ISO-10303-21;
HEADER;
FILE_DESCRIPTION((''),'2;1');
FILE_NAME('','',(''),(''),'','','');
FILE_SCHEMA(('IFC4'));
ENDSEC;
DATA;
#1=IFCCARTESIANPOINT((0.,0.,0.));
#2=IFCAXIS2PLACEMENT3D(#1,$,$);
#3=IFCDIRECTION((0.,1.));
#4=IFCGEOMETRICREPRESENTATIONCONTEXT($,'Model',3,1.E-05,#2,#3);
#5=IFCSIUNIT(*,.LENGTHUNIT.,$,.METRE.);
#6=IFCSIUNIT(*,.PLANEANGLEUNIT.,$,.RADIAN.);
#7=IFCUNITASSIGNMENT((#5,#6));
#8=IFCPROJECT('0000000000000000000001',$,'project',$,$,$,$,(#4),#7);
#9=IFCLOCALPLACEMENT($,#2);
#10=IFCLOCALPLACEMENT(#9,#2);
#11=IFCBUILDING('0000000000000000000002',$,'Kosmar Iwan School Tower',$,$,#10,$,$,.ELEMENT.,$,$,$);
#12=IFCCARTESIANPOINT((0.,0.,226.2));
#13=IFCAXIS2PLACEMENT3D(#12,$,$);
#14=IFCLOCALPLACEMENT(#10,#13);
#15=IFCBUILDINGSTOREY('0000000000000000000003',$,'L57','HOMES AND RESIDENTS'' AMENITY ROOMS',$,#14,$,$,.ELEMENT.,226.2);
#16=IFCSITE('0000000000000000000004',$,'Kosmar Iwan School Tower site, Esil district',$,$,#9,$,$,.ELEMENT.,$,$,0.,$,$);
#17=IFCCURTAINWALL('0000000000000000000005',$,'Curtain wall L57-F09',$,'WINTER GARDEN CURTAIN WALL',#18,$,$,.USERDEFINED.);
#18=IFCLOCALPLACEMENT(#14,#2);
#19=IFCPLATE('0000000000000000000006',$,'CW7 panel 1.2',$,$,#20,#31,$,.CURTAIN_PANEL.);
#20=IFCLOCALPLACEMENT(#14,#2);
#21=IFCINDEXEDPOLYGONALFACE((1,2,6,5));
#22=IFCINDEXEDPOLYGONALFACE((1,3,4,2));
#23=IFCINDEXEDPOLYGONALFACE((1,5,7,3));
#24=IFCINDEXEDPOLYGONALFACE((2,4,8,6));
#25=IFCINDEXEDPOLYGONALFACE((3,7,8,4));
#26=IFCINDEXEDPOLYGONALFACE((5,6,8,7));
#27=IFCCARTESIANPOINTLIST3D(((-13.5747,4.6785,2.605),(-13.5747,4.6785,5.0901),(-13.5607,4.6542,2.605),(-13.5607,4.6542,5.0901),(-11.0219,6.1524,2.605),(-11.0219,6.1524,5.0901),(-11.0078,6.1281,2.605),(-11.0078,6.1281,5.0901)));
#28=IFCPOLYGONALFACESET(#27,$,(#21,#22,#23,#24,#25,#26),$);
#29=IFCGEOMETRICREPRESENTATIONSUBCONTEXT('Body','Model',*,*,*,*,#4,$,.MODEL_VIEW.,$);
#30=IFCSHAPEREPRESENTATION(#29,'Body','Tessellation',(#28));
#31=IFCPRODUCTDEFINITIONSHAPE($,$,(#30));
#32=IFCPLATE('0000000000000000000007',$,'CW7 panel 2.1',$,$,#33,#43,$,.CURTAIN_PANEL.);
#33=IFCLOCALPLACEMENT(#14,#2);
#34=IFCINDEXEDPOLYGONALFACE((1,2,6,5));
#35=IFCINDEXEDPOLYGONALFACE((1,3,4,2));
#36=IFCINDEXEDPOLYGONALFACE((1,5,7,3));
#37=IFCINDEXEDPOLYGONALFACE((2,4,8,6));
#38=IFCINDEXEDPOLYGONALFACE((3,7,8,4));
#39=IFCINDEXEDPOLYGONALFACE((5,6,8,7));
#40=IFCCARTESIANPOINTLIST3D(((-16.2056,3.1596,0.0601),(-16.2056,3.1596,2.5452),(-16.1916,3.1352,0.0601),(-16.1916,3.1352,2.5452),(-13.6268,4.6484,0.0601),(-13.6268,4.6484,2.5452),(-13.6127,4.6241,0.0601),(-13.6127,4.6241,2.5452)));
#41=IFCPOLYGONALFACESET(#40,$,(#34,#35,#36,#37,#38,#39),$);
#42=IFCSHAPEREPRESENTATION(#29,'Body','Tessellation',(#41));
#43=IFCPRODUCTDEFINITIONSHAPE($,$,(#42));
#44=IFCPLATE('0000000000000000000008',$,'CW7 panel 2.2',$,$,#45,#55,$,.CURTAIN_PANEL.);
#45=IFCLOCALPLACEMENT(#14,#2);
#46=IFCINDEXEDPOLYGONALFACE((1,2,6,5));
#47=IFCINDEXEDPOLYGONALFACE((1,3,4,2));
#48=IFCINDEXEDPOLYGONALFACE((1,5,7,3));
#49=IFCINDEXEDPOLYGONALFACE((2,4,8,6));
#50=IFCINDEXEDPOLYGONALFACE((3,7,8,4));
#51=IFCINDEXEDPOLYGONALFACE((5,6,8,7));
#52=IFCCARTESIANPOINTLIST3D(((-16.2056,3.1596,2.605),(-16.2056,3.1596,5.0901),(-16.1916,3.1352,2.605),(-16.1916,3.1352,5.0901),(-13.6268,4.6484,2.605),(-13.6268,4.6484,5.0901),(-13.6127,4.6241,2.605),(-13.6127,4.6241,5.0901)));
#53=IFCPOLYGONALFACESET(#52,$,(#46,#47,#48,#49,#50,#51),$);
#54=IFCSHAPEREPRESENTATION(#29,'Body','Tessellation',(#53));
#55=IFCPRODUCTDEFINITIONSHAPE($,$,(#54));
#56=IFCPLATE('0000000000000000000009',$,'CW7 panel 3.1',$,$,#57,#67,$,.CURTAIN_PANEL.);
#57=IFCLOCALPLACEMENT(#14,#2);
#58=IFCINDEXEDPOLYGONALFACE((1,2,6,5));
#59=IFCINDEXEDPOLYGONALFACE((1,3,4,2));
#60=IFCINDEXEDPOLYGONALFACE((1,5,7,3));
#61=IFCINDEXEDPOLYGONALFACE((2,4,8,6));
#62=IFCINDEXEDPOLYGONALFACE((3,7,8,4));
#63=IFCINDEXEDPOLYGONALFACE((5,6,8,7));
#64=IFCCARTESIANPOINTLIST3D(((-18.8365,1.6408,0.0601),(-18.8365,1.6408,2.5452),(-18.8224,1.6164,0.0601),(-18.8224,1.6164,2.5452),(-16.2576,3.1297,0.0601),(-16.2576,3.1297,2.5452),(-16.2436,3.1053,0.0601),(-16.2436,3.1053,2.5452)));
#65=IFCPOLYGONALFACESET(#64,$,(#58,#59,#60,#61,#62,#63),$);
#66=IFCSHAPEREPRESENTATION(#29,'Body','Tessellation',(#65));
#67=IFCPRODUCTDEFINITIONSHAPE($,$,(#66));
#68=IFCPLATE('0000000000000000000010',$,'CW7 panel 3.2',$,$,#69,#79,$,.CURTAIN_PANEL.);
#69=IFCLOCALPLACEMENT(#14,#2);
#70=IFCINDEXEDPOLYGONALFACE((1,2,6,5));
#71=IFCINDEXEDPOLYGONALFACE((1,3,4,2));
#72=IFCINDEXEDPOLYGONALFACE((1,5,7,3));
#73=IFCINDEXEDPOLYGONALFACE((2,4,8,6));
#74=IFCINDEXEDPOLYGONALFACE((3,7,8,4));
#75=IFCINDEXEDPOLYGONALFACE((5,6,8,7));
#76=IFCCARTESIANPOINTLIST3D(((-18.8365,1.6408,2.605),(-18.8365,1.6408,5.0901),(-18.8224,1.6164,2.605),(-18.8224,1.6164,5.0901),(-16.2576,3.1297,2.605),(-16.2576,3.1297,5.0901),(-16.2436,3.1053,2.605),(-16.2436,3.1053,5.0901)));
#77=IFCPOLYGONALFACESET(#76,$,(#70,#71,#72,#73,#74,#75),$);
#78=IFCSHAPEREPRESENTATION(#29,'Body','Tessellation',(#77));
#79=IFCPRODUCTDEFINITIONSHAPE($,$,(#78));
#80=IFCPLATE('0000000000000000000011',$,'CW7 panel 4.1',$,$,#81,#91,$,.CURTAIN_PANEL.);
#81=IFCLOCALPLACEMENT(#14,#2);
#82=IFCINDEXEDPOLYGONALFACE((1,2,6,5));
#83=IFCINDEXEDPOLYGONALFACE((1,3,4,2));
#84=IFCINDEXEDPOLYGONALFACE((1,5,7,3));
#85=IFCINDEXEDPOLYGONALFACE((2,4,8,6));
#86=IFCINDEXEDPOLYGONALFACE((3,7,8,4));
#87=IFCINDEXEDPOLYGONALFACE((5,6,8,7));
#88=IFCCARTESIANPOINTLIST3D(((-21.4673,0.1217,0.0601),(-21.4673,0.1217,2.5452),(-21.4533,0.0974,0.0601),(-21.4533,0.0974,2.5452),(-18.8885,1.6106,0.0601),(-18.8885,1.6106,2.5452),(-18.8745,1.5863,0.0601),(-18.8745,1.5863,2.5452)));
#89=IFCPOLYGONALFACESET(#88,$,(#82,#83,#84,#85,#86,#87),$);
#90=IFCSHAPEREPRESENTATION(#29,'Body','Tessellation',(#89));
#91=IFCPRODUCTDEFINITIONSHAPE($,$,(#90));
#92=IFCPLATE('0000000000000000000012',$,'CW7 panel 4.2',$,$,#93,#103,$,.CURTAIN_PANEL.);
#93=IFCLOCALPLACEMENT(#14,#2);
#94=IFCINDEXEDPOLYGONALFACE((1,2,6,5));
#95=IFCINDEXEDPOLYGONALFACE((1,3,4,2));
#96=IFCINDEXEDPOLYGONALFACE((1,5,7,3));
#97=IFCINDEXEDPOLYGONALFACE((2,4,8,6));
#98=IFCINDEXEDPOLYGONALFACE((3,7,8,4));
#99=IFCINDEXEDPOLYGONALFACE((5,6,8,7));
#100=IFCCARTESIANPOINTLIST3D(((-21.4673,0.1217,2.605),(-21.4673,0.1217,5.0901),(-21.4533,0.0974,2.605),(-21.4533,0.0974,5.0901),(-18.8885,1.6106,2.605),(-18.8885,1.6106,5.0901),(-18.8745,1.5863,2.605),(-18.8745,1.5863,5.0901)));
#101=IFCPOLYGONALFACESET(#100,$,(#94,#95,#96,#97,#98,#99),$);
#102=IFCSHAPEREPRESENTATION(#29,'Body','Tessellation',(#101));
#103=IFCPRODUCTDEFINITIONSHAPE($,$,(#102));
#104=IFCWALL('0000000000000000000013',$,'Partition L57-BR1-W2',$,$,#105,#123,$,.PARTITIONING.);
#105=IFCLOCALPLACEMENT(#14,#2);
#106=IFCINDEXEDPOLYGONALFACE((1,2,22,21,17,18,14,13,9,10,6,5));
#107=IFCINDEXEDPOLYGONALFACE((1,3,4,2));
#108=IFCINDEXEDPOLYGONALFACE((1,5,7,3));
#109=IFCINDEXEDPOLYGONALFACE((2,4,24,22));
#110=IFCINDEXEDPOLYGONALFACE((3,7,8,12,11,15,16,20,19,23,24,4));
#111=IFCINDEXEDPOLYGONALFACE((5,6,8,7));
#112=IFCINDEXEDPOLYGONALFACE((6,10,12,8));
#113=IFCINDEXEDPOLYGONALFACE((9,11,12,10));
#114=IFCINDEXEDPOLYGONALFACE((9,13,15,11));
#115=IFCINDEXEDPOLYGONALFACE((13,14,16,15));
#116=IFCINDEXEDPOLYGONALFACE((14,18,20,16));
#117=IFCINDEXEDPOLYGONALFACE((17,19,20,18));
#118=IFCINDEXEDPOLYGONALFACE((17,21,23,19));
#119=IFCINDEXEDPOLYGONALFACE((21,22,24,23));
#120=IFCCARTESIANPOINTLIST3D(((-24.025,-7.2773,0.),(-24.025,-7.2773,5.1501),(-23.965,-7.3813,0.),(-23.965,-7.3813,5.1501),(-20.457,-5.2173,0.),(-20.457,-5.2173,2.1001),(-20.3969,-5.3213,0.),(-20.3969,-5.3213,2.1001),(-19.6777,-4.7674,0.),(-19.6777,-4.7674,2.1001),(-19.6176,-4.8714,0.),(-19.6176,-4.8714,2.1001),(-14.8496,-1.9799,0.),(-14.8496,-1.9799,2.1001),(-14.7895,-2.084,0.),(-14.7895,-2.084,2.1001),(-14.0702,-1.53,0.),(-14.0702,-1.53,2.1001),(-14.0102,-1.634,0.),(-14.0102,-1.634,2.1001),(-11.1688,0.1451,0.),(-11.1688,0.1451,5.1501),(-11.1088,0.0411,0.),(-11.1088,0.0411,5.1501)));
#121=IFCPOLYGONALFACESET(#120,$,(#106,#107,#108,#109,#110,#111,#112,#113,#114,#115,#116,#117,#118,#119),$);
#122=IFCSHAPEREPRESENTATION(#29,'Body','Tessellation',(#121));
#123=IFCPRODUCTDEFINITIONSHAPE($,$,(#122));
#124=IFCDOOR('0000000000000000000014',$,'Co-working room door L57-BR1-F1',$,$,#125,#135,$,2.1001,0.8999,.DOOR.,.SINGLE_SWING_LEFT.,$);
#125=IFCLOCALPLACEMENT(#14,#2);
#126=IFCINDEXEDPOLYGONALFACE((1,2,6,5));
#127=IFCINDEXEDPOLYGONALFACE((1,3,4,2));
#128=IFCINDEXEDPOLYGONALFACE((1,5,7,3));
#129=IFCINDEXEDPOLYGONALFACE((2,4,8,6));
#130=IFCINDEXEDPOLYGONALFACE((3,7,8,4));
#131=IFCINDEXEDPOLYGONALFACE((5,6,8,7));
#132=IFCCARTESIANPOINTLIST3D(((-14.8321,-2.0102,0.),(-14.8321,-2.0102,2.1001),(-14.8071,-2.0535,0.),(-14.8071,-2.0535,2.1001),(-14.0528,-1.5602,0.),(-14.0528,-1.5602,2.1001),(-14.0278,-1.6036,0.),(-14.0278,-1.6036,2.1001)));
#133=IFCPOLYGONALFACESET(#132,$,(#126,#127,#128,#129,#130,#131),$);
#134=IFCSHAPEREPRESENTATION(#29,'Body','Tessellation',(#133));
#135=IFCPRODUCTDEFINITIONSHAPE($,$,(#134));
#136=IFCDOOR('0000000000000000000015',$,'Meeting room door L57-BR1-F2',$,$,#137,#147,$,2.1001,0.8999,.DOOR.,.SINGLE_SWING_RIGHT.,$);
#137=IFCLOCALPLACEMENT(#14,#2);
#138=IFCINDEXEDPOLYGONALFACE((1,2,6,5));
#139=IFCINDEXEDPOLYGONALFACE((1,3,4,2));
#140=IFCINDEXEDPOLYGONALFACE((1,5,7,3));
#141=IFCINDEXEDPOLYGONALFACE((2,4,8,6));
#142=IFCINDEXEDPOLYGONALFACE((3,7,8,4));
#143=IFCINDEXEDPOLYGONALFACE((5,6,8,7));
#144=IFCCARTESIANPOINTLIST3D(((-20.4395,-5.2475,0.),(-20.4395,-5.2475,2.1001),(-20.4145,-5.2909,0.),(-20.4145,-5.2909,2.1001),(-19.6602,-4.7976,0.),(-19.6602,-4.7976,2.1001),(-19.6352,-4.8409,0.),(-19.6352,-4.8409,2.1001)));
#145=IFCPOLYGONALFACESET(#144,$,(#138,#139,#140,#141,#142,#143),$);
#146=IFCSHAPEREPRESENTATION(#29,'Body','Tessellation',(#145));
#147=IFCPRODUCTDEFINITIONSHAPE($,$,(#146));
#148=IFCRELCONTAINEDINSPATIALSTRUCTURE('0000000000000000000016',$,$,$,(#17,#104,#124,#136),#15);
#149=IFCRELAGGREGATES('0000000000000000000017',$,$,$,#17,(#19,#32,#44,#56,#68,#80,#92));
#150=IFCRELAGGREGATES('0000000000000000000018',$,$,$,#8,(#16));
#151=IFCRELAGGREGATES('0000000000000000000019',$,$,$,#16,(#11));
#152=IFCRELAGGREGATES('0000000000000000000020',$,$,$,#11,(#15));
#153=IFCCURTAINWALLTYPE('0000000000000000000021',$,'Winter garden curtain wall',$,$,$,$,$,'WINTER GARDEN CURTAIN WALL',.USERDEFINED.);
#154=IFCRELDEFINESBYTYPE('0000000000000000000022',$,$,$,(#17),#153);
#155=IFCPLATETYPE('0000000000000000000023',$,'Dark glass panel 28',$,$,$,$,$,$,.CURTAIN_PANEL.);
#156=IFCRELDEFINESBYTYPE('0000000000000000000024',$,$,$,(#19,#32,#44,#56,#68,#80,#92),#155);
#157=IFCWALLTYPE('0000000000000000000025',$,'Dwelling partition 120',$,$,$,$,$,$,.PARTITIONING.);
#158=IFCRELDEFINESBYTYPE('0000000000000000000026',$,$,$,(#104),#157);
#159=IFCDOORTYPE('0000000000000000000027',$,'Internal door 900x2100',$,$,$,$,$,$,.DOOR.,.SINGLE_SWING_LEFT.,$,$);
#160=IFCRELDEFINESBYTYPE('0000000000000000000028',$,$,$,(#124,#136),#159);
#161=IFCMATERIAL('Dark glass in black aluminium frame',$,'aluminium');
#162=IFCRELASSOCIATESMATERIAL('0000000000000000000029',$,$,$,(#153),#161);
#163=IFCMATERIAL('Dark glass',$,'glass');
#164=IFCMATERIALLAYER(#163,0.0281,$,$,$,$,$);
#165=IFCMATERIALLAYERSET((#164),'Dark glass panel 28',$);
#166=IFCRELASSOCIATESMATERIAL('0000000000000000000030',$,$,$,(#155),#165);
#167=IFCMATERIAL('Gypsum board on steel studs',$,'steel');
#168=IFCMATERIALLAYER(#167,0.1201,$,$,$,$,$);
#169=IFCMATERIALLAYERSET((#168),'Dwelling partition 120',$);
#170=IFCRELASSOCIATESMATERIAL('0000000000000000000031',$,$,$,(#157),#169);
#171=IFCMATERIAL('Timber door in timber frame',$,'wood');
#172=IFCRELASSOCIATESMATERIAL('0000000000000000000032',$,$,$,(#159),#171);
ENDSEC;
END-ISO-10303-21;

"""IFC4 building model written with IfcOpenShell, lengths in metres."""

from ifc_helpers import new_model, si_unit, direction, frame, frame_2d, origin, origin_2d, place, context, subcontext, project, spatial, rectangle, extrude, material, layer, layer_set, type_object, element, fill, aggregate, save


model = new_model("IFC4")

# Units and contexts
model_context = context("Model", 3, precision=1e-05, world=origin(), true_north=direction((0.0, 1.0)))
body_context = subcontext(model_context, "Body", "Model", "MODEL_VIEW")
ifc_project = project(units=[si_unit("LENGTHUNIT", "METRE"), si_unit("PLANEANGLEUNIT", "RADIAN")], contexts=[model_context])

# Site, building, storey
site_placement = place(None, origin())
site = spatial("IfcSite", under=ifc_project, at=site_placement, Name="Kosmar Iwan School Tower site, Esil district", CompositionType="ELEMENT", RefElevation=0.0)
building_placement = place(site_placement, origin())
building = spatial("IfcBuilding", under=site, at=building_placement, Name="Kosmar Iwan School Tower", CompositionType="ELEMENT")
storey_placement = place(building_placement, frame((0.0, 0.0, 226.2)))
storey = spatial("IfcBuildingStorey", under=building, at=storey_placement, Name="L57", Description="HOMES AND RESIDENTS' AMENITY ROOMS", CompositionType="ELEMENT", Elevation=226.2)

# Shared definitions
ifc_material_1 = material(Name="Dark glass in black aluminium frame", Category="aluminium")
curtain_wall_type = type_object("IfcCurtainWallType", Name="Winter garden curtain wall", ElementType="WINTER GARDEN CURTAIN WALL", PredefinedType="USERDEFINED", material=ifc_material_1)

# Curtain wall
curtain_wall_1_placement = place(storey_placement, origin())
curtain_wall_1 = element("IfcCurtainWall", 1, at=curtain_wall_1_placement, inside=storey, type_object=curtain_wall_type, Name="Curtain wall L57-F09", ObjectType="WINTER GARDEN CURTAIN WALL", PredefinedType="USERDEFINED")

# Plates
ifc_material_2 = material(Name="Dark glass", Category="glass")
ifc_layer_1 = layer(ifc_material_2, 0.0281)
ifc_layer_set_1 = layer_set([ifc_layer_1], Name="Dark glass panel 28")
plate_type = type_object("IfcPlateType", Name="Dark glass panel 28", PredefinedType="CURTAIN_PANEL", material=ifc_layer_set_1)
plate_1_placement = place(storey_placement, frame((-12.2913, 5.4033, 2.605), z_axis=(0.0, 0.0, 1.0), x_axis=(-0.866025, -0.5, 0.0)))
plate_1 = element("IfcPlate", 2, at=plate_1_placement, type_object=plate_type, Name="CW7 panel 1.2", PredefinedType="CURTAIN_PANEL", context=body_context, shape_type="SweptSolid", body=[
    extrude(rectangle(XDim=2.9478, YDim=0.0281, at=origin_2d()), origin(), (0.0, 0.0, 1.0), 2.4851),
])
plate_2_placement = place(storey_placement, frame((-14.9092, 3.8918, 0.0601), z_axis=(0.0, 0.0, 1.0), x_axis=(-0.866025, -0.5, 0.0)))
plate_2 = element("IfcPlate", 3, at=plate_2_placement, type_object=plate_type, Name="CW7 panel 2.1", PredefinedType="CURTAIN_PANEL", context=body_context, shape_type="SweptSolid", body=[
    extrude(rectangle(XDim=2.9778, YDim=0.0281, at=origin_2d()), origin(), (0.0, 0.0, 1.0), 2.4851),
])
plate_3_placement = place(storey_placement, frame((-14.9092, 3.8918, 2.605), z_axis=(0.0, 0.0, 1.0), x_axis=(-0.866025, -0.5, 0.0)))
plate_3 = element("IfcPlate", 4, at=plate_3_placement, type_object=plate_type, Name="CW7 panel 2.2", PredefinedType="CURTAIN_PANEL", context=body_context, shape_type="SweptSolid", body=[
    extrude(rectangle(XDim=2.9778, YDim=0.0281, at=origin_2d()), origin(), (0.0, 0.0, 1.0), 2.4851),
])
plate_4_placement = place(storey_placement, frame((-17.54, 2.373, 0.0601), z_axis=(0.0, 0.0, 1.0), x_axis=(-0.866025, -0.5, 0.0)))
plate_4 = element("IfcPlate", 5, at=plate_4_placement, type_object=plate_type, Name="CW7 panel 3.1", PredefinedType="CURTAIN_PANEL", context=body_context, shape_type="SweptSolid", body=[
    extrude(rectangle(XDim=2.9778, YDim=0.0281, at=origin_2d()), origin(), (0.0, 0.0, 1.0), 2.4851),
])
plate_5_placement = place(storey_placement, frame((-17.54, 2.373, 2.605), z_axis=(0.0, 0.0, 1.0), x_axis=(-0.866025, -0.5, 0.0)))
plate_5 = element("IfcPlate", 6, at=plate_5_placement, type_object=plate_type, Name="CW7 panel 3.2", PredefinedType="CURTAIN_PANEL", context=body_context, shape_type="SweptSolid", body=[
    extrude(rectangle(XDim=2.9778, YDim=0.0281, at=origin_2d()), origin(), (0.0, 0.0, 1.0), 2.4851),
])
plate_6_placement = place(storey_placement, frame((-20.1709, 0.854, 0.0601), z_axis=(0.0, 0.0, 1.0), x_axis=(-0.866025, -0.5, 0.0)))
plate_6 = element("IfcPlate", 7, at=plate_6_placement, type_object=plate_type, Name="CW7 panel 4.1", PredefinedType="CURTAIN_PANEL", context=body_context, shape_type="SweptSolid", body=[
    extrude(rectangle(XDim=2.9778, YDim=0.0281, at=origin_2d()), origin(), (0.0, 0.0, 1.0), 2.4851),
])
plate_7_placement = place(storey_placement, frame((-20.1709, 0.854, 2.605), z_axis=(0.0, 0.0, 1.0), x_axis=(-0.866025, -0.5, 0.0)))
plate_7 = element("IfcPlate", 8, at=plate_7_placement, type_object=plate_type, Name="CW7 panel 4.2", PredefinedType="CURTAIN_PANEL", context=body_context, shape_type="SweptSolid", body=[
    extrude(rectangle(XDim=2.9778, YDim=0.0281, at=origin_2d()), origin(), (0.0, 0.0, 1.0), 2.4851),
])
aggregate(curtain_wall_1, [plate_1, plate_2, plate_3, plate_4, plate_5, plate_6, plate_7])

# Wall, openings, doors
ifc_material_3 = material(Name="Gypsum board on steel studs", Category="steel")
ifc_layer_2 = layer(ifc_material_3, 0.1201)
ifc_layer_set_2 = layer_set([ifc_layer_2], Name="Dwelling partition 120")
wall_type = type_object("IfcWallType", Name="Dwelling partition 120", PredefinedType="PARTITIONING", material=ifc_layer_set_2)
wall_placement = place(storey_placement, frame((-11.1389, 0.093, 0.0), z_axis=(0.0, 0.0, 1.0), x_axis=(-0.86603, -0.499992, 0.0)))
wall = element("IfcWall", 9, at=wall_placement, inside=storey, type_object=wall_type, Name="Partition L57-BR1-W2", PredefinedType="PARTITIONING", context=body_context, shape_type="SweptSolid", body=[
    extrude(rectangle(XDim=14.845, YDim=0.1201, at=frame_2d((7.4224, 0.0))), origin(), (0.0, 0.0, 1.0), 5.1501),
])
opening_1_placement = place(wall_placement, frame((3.3501, 0.0, 0.0)))
opening_1 = element("IfcOpeningElement", 10, at=opening_1_placement, cuts=wall, PredefinedType="OPENING", context=body_context, shape_type="SweptSolid", body=[
    extrude(rectangle(XDim=0.8999, YDim=2.1001, at=frame_2d((0.45, 1.05))), frame((0.0, 0.072, 0.0), z_axis=(0.0, -1.0, 0.0), x_axis=(1.0, 0.0, 0.0)), (0.0, 0.0, 1.0), 0.144),
])
opening_2_placement = place(wall_placement, frame((9.825, 0.0, 0.0)))
opening_2 = element("IfcOpeningElement", 11, at=opening_2_placement, cuts=wall, PredefinedType="OPENING", context=body_context, shape_type="SweptSolid", body=[
    extrude(rectangle(XDim=0.8999, YDim=2.1001, at=frame_2d((0.45, 1.05))), frame((0.0, 0.072, 0.0), z_axis=(0.0, -1.0, 0.0), x_axis=(1.0, 0.0, 0.0)), (0.0, 0.0, 1.0), 0.144),
])
ifc_material_4 = material(Name="Timber door in timber frame", Category="wood")
door_type = type_object("IfcDoorType", Name="Internal door 900x2100", OperationType="SINGLE_SWING_LEFT", PredefinedType="DOOR", material=ifc_material_4)
door_1_placement = place(opening_1_placement, origin())
door_1 = element("IfcDoor", 12, at=door_1_placement, inside=storey, type_object=door_type, Name="Co-working room door L57-BR1-F1", OperationType="SINGLE_SWING_LEFT", OverallHeight=2.1001, OverallWidth=0.8999, PredefinedType="DOOR", context=body_context, shape_type="SweptSolid", body=[
    extrude(rectangle(XDim=0.8999, YDim=2.1001, at=frame_2d((0.45, 1.05))), frame((0.0, 0.0249, 0.0), z_axis=(0.0, -1.0, 0.0), x_axis=(1.0, 0.0, 0.0)), (0.0, 0.0, 1.0), 0.05),
])
fill(opening_1, door_1)
door_2_placement = place(opening_2_placement, origin())
door_2 = element("IfcDoor", 13, at=door_2_placement, inside=storey, type_object=door_type, Name="Meeting room door L57-BR1-F2", OperationType="SINGLE_SWING_RIGHT", OverallHeight=2.1001, OverallWidth=0.8999, PredefinedType="DOOR", context=body_context, shape_type="SweptSolid", body=[
    extrude(rectangle(XDim=0.8999, YDim=2.1001, at=frame_2d((0.45, 1.05))), frame((0.0, 0.0249, 0.0), z_axis=(0.0, -1.0, 0.0), x_axis=(1.0, 0.0, 0.0)), (0.0, 0.0, 1.0), 0.05),
])
fill(opening_2, door_2)

save(model, "model.ifc")
